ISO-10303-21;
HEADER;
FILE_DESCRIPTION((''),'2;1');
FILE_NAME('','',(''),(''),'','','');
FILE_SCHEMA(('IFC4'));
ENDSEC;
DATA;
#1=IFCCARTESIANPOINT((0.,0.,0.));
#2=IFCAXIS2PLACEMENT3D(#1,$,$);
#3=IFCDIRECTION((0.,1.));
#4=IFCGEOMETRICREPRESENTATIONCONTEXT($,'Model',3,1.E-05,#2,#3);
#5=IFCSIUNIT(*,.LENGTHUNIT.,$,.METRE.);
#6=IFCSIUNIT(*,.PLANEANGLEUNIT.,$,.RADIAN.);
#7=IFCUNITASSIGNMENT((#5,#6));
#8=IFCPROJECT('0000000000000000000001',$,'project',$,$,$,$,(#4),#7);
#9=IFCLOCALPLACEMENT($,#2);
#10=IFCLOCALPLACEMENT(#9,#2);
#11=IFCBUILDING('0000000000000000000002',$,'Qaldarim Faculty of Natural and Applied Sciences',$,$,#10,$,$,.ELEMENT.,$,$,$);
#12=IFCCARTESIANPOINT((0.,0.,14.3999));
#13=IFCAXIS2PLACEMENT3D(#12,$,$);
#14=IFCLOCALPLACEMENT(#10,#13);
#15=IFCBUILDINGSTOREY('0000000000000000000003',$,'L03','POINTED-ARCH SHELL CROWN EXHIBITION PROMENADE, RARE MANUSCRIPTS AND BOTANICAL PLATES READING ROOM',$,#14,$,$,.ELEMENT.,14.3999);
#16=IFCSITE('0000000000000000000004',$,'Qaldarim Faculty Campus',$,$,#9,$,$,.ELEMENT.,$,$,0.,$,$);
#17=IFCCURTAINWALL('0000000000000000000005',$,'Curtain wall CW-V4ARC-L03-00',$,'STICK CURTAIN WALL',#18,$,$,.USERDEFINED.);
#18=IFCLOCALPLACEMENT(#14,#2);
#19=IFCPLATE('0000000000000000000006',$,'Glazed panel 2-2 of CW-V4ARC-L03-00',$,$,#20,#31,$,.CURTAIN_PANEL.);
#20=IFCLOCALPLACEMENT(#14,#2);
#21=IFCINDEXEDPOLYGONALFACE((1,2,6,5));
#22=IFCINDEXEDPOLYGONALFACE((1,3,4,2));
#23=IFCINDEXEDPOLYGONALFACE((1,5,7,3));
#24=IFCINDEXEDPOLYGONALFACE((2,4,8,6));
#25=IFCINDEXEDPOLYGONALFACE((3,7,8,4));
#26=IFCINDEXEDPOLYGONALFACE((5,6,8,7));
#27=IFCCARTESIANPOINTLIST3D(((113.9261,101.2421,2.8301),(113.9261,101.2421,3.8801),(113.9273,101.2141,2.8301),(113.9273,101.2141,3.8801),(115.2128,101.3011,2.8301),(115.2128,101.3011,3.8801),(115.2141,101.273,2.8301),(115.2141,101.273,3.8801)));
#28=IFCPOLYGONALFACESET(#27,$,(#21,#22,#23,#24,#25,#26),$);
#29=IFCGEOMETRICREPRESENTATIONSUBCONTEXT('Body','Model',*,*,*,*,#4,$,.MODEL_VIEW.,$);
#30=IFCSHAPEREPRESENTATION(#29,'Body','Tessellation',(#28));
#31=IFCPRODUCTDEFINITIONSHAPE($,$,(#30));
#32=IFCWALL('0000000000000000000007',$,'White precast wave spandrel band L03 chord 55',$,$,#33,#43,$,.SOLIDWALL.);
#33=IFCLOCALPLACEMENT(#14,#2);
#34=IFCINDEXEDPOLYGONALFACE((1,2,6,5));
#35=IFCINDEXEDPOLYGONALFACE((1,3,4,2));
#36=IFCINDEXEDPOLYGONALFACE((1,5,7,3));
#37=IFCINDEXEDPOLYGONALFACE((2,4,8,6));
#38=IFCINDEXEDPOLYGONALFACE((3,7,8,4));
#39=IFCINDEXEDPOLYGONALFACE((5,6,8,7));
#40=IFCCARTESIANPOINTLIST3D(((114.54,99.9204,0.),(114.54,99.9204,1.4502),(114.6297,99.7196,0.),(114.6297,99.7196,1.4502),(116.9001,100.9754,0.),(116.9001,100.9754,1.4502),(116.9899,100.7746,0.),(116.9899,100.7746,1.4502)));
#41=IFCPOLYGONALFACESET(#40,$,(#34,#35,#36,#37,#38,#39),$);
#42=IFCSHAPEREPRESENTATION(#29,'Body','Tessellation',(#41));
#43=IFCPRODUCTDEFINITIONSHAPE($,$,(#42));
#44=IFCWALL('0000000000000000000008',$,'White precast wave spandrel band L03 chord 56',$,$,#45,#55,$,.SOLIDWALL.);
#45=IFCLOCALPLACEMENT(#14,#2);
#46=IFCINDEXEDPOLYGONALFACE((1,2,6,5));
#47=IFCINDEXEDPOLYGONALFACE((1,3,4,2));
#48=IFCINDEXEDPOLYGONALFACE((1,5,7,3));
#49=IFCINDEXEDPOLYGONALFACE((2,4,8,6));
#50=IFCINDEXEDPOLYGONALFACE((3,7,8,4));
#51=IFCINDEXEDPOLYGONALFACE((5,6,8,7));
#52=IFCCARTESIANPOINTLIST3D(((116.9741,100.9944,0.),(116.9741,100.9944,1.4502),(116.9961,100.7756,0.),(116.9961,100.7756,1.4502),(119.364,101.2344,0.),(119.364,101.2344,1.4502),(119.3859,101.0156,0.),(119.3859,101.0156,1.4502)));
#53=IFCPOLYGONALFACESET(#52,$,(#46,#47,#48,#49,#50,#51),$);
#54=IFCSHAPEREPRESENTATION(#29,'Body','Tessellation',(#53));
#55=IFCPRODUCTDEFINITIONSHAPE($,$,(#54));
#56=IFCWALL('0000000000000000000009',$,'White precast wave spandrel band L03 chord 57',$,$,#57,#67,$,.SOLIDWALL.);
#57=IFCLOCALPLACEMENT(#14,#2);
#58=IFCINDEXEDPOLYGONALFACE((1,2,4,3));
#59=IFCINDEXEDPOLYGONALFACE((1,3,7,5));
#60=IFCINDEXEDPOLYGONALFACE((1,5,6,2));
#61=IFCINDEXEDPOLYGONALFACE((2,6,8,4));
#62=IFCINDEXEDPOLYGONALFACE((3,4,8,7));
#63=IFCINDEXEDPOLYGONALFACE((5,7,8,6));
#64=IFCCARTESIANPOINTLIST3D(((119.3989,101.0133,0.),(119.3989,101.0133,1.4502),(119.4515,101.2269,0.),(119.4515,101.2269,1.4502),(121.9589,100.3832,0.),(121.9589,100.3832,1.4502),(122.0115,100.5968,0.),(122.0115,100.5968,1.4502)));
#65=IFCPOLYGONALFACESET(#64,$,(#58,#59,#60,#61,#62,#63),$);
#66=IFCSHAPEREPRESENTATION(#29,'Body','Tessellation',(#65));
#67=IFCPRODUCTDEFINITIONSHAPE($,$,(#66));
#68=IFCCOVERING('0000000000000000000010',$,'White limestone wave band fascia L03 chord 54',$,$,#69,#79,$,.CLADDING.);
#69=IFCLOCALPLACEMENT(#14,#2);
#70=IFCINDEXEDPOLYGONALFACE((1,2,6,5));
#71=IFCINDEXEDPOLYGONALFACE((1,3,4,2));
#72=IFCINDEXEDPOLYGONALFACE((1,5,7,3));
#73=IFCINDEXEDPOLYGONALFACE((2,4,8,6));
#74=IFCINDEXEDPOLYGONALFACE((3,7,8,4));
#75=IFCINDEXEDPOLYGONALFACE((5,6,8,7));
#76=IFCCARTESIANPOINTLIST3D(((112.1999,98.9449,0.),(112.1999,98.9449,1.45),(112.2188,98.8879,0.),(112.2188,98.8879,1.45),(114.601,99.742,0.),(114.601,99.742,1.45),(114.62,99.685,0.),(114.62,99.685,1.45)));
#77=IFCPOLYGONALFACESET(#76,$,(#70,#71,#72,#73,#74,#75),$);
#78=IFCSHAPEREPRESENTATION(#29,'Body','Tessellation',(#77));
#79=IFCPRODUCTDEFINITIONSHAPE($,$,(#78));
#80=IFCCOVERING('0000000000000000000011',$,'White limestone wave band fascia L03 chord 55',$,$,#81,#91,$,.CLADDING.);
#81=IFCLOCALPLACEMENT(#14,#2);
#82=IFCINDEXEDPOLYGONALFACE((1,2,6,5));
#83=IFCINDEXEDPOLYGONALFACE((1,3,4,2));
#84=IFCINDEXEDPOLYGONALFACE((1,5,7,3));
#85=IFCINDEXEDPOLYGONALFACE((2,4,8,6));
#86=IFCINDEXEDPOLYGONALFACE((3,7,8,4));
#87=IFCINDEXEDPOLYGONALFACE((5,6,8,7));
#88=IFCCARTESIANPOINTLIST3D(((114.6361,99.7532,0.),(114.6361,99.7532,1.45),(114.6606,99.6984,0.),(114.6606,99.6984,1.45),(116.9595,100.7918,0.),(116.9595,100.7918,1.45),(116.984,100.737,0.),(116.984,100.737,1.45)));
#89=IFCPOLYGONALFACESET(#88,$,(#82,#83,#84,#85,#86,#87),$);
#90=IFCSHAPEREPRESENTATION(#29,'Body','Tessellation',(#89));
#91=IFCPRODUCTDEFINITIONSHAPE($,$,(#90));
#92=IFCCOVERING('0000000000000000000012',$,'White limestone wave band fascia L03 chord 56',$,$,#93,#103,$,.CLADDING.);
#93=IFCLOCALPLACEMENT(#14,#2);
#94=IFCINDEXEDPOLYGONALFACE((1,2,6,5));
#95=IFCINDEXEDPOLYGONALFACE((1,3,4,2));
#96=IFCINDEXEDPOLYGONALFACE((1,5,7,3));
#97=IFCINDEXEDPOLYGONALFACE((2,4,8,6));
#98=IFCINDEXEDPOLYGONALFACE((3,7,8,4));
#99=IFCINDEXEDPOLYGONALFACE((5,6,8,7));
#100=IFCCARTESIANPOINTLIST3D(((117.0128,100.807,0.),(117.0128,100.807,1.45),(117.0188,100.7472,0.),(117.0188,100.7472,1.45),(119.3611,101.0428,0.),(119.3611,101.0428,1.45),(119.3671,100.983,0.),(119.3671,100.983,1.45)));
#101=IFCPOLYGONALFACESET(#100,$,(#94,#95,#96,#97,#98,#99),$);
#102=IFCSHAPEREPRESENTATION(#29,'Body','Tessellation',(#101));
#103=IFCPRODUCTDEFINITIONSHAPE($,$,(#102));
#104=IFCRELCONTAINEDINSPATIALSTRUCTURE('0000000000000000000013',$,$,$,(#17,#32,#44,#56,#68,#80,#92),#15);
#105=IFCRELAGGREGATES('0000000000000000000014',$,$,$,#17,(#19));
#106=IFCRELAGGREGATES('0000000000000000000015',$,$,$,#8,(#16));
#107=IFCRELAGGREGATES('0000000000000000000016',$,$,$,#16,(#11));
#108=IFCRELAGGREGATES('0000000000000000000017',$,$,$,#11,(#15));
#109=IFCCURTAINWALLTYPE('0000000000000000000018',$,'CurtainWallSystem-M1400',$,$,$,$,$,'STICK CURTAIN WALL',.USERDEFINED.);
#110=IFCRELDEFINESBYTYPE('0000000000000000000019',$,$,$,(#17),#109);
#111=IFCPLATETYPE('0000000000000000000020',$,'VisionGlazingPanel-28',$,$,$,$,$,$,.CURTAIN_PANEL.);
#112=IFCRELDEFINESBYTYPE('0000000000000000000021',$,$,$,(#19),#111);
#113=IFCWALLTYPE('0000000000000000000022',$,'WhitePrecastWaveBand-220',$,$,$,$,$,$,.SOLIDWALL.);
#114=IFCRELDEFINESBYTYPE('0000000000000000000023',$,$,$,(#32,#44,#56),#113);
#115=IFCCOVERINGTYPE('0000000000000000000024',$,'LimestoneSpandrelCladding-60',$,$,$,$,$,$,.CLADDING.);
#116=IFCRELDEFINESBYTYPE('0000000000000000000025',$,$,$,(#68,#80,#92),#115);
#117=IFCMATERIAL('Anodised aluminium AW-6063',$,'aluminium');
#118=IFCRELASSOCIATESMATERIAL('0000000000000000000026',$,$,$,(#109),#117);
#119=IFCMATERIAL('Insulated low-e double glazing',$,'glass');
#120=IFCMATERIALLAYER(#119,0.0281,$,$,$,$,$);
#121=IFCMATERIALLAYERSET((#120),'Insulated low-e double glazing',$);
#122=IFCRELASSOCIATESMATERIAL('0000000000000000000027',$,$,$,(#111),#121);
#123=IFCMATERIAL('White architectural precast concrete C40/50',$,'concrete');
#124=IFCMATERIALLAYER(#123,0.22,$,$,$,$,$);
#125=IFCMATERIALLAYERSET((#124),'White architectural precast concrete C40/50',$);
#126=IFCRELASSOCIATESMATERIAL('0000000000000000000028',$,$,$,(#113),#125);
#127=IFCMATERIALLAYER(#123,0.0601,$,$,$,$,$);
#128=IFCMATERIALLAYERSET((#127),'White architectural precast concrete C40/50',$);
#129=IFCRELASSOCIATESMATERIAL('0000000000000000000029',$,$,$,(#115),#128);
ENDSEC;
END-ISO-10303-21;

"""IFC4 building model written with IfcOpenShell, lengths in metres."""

from ifc_helpers import new_model, si_unit, direction, frame, frame_2d, origin, origin_2d, place, context, subcontext, project, spatial, rectangle, extrude, material, layer, layer_set, type_object, element, aggregate, save


model = new_model("IFC4")

# Units and contexts
model_context = context("Model", 3, precision=1e-05, world=origin(), true_north=direction((0.0, 1.0)))
body_context = subcontext(model_context, "Body", "Model", "MODEL_VIEW")
ifc_project = project(units=[si_unit("LENGTHUNIT", "METRE"), si_unit("PLANEANGLEUNIT", "RADIAN")], contexts=[model_context])

# Site, building, storey
site_placement = place(None, origin())
site = spatial("IfcSite", under=ifc_project, at=site_placement, Name="Qaldarim Faculty Campus", CompositionType="ELEMENT", RefElevation=0.0)
building_placement = place(site_placement, origin())
building = spatial("IfcBuilding", under=site, at=building_placement, Name="Qaldarim Faculty of Natural and Applied Sciences", CompositionType="ELEMENT")
storey_placement = place(building_placement, frame((0.0, 0.0, 14.3999)))
storey = spatial("IfcBuildingStorey", under=building, at=storey_placement, Name="L03", Description="POINTED-ARCH SHELL CROWN EXHIBITION PROMENADE, RARE MANUSCRIPTS AND BOTANICAL PLATES READING ROOM", CompositionType="ELEMENT", Elevation=14.3999)

# Curtain wall
ifc_material_1 = material(Name="Anodised aluminium AW-6063", Category="aluminium")
curtain_wall_type = type_object("IfcCurtainWallType", Name="CurtainWallSystem-M1400", ElementType="STICK CURTAIN WALL", PredefinedType="USERDEFINED", material=ifc_material_1)
curtain_wall_placement = place(storey_placement, origin())
curtain_wall = element("IfcCurtainWall", 1, at=curtain_wall_placement, inside=storey, type_object=curtain_wall_type, Name="Curtain wall CW-V4ARC-L03-00", ObjectType="STICK CURTAIN WALL", PredefinedType="USERDEFINED")

# Plate
ifc_material_2 = material(Name="Insulated low-e double glazing", Category="glass")
ifc_layer_1 = layer(ifc_material_2, 0.0281)
ifc_layer_set_1 = layer_set([ifc_layer_1], Name="Insulated low-e double glazing")
plate_type = type_object("IfcPlateType", Name="VisionGlazingPanel-28", PredefinedType="CURTAIN_PANEL", material=ifc_layer_set_1)
plate_1_placement = place(storey_placement, frame((114.5701, 101.2576, 2.8301), z_axis=(0.0, 0.0, 1.0), x_axis=(0.998953, 0.045747, 0.0)))
plate_1 = element("IfcPlate", 2, at=plate_1_placement, type_object=plate_type, Name="Glazed panel 2-2 of CW-V4ARC-L03-00", PredefinedType="CURTAIN_PANEL", context=body_context, shape_type="SweptSolid", body=[
    extrude(rectangle(XDim=1.2881, YDim=0.0281, at=origin_2d()), origin(), (0.0, 0.0, 1.0), 1.05),
])
aggregate(curtain_wall, [plate_1])

# Walls
ifc_material_3 = material(Name="White architectural precast concrete C40/50", Category="concrete")
ifc_layer_2 = layer(ifc_material_3, 0.22)
ifc_layer_set_2 = layer_set([ifc_layer_2], Name="White architectural precast concrete C40/50")
wall_type = type_object("IfcWallType", Name="WhitePrecastWaveBand-220", PredefinedType="SOLIDWALL", material=ifc_layer_set_2)
wall_1_placement = place(storey_placement, frame((114.585, 99.8201, 0.0), z_axis=(0.0, 0.0, 1.0), x_axis=(0.912949, 0.408074, 0.0)))
element("IfcWall", 3, at=wall_1_placement, inside=storey, type_object=wall_type, Name="White precast wave spandrel band L03 chord 55", PredefinedType="SOLIDWALL", context=body_context, shape_type="SweptSolid", body=[
    extrude(rectangle(XDim=2.5852, YDim=0.22, at=frame_2d((1.2925, 0.0))), origin(), (0.0, 0.0, 1.0), 1.4502),
])
wall_2_placement = place(storey_placement, frame((116.9851, 100.885, 0.0), z_axis=(0.0, 0.0, 1.0), x_axis=(0.994996, 0.099916, 0.0)))
element("IfcWall", 4, at=wall_2_placement, inside=storey, type_object=wall_type, Name="White precast wave spandrel band L03 chord 56", PredefinedType="SOLIDWALL", context=body_context, shape_type="SweptSolid", body=[
    extrude(rectangle(XDim=2.4019, YDim=0.22, at=frame_2d((1.2009, 0.0))), origin(), (0.0, 0.0, 1.0), 1.4502),
])
wall_3_placement = place(storey_placement, frame((119.425, 101.1201, 0.0), z_axis=(0.0, 0.0, 1.0), x_axis=(0.971019, -0.239004, 0.0)))
element("IfcWall", 5, at=wall_3_placement, inside=storey, type_object=wall_type, Name="White precast wave spandrel band L03 chord 57", PredefinedType="SOLIDWALL", context=body_context, shape_type="SweptSolid", body=[
    extrude(rectangle(XDim=2.6365, YDim=0.22, at=frame_2d((1.3184, 0.0))), origin(), (0.0, 0.0, 1.0), 1.4502),
])

# Coverings
ifc_layer_3 = layer(ifc_material_3, 0.0601)
ifc_layer_set_3 = layer_set([ifc_layer_3], Name="White architectural precast concrete C40/50")
covering_type = type_object("IfcCoveringType", Name="LimestoneSpandrelCladding-60", PredefinedType="CLADDING", material=ifc_layer_set_3)
covering_1_placement = place(storey_placement, frame((113.4099, 99.3149, 0.0), z_axis=(0.0, 0.0, 1.0), x_axis=(0.949074, 0.315053, 0.0)))
element("IfcCovering", 6, at=covering_1_placement, inside=storey, type_object=covering_type, Name="White limestone wave band fascia L03 chord 54", PredefinedType="CLADDING", context=body_context, shape_type="SweptSolid", body=[
    extrude(rectangle(XDim=2.53, YDim=0.0601, at=origin_2d()), origin(), (0.0, 0.0, 1.0), 1.45),
])
covering_2_placement = place(storey_placement, frame((115.8101, 100.2451, 0.0), z_axis=(0.0, 0.0, 1.0), x_axis=(0.912934, 0.408107, 0.0)))
element("IfcCovering", 7, at=covering_2_placement, inside=storey, type_object=covering_type, Name="White limestone wave band fascia L03 chord 55", PredefinedType="CLADDING", context=body_context, shape_type="SweptSolid", body=[
    extrude(rectangle(XDim=2.5449, YDim=0.0601, at=origin_2d()), origin(), (0.0, 0.0, 1.0), 1.45),
])
covering_3_placement = place(storey_placement, frame((118.1899, 100.895, 0.0), z_axis=(0.0, 0.0, 1.0), x_axis=(0.994996, 0.09991, 0.0)))
element("IfcCovering", 8, at=covering_3_placement, inside=storey, type_object=covering_type, Name="White limestone wave band fascia L03 chord 56", PredefinedType="CLADDING", context=body_context, shape_type="SweptSolid", body=[
    extrude(rectangle(XDim=2.3601, YDim=0.0601, at=origin_2d()), origin(), (0.0, 0.0, 1.0), 1.45),
])

save(model, "model.ifc")
